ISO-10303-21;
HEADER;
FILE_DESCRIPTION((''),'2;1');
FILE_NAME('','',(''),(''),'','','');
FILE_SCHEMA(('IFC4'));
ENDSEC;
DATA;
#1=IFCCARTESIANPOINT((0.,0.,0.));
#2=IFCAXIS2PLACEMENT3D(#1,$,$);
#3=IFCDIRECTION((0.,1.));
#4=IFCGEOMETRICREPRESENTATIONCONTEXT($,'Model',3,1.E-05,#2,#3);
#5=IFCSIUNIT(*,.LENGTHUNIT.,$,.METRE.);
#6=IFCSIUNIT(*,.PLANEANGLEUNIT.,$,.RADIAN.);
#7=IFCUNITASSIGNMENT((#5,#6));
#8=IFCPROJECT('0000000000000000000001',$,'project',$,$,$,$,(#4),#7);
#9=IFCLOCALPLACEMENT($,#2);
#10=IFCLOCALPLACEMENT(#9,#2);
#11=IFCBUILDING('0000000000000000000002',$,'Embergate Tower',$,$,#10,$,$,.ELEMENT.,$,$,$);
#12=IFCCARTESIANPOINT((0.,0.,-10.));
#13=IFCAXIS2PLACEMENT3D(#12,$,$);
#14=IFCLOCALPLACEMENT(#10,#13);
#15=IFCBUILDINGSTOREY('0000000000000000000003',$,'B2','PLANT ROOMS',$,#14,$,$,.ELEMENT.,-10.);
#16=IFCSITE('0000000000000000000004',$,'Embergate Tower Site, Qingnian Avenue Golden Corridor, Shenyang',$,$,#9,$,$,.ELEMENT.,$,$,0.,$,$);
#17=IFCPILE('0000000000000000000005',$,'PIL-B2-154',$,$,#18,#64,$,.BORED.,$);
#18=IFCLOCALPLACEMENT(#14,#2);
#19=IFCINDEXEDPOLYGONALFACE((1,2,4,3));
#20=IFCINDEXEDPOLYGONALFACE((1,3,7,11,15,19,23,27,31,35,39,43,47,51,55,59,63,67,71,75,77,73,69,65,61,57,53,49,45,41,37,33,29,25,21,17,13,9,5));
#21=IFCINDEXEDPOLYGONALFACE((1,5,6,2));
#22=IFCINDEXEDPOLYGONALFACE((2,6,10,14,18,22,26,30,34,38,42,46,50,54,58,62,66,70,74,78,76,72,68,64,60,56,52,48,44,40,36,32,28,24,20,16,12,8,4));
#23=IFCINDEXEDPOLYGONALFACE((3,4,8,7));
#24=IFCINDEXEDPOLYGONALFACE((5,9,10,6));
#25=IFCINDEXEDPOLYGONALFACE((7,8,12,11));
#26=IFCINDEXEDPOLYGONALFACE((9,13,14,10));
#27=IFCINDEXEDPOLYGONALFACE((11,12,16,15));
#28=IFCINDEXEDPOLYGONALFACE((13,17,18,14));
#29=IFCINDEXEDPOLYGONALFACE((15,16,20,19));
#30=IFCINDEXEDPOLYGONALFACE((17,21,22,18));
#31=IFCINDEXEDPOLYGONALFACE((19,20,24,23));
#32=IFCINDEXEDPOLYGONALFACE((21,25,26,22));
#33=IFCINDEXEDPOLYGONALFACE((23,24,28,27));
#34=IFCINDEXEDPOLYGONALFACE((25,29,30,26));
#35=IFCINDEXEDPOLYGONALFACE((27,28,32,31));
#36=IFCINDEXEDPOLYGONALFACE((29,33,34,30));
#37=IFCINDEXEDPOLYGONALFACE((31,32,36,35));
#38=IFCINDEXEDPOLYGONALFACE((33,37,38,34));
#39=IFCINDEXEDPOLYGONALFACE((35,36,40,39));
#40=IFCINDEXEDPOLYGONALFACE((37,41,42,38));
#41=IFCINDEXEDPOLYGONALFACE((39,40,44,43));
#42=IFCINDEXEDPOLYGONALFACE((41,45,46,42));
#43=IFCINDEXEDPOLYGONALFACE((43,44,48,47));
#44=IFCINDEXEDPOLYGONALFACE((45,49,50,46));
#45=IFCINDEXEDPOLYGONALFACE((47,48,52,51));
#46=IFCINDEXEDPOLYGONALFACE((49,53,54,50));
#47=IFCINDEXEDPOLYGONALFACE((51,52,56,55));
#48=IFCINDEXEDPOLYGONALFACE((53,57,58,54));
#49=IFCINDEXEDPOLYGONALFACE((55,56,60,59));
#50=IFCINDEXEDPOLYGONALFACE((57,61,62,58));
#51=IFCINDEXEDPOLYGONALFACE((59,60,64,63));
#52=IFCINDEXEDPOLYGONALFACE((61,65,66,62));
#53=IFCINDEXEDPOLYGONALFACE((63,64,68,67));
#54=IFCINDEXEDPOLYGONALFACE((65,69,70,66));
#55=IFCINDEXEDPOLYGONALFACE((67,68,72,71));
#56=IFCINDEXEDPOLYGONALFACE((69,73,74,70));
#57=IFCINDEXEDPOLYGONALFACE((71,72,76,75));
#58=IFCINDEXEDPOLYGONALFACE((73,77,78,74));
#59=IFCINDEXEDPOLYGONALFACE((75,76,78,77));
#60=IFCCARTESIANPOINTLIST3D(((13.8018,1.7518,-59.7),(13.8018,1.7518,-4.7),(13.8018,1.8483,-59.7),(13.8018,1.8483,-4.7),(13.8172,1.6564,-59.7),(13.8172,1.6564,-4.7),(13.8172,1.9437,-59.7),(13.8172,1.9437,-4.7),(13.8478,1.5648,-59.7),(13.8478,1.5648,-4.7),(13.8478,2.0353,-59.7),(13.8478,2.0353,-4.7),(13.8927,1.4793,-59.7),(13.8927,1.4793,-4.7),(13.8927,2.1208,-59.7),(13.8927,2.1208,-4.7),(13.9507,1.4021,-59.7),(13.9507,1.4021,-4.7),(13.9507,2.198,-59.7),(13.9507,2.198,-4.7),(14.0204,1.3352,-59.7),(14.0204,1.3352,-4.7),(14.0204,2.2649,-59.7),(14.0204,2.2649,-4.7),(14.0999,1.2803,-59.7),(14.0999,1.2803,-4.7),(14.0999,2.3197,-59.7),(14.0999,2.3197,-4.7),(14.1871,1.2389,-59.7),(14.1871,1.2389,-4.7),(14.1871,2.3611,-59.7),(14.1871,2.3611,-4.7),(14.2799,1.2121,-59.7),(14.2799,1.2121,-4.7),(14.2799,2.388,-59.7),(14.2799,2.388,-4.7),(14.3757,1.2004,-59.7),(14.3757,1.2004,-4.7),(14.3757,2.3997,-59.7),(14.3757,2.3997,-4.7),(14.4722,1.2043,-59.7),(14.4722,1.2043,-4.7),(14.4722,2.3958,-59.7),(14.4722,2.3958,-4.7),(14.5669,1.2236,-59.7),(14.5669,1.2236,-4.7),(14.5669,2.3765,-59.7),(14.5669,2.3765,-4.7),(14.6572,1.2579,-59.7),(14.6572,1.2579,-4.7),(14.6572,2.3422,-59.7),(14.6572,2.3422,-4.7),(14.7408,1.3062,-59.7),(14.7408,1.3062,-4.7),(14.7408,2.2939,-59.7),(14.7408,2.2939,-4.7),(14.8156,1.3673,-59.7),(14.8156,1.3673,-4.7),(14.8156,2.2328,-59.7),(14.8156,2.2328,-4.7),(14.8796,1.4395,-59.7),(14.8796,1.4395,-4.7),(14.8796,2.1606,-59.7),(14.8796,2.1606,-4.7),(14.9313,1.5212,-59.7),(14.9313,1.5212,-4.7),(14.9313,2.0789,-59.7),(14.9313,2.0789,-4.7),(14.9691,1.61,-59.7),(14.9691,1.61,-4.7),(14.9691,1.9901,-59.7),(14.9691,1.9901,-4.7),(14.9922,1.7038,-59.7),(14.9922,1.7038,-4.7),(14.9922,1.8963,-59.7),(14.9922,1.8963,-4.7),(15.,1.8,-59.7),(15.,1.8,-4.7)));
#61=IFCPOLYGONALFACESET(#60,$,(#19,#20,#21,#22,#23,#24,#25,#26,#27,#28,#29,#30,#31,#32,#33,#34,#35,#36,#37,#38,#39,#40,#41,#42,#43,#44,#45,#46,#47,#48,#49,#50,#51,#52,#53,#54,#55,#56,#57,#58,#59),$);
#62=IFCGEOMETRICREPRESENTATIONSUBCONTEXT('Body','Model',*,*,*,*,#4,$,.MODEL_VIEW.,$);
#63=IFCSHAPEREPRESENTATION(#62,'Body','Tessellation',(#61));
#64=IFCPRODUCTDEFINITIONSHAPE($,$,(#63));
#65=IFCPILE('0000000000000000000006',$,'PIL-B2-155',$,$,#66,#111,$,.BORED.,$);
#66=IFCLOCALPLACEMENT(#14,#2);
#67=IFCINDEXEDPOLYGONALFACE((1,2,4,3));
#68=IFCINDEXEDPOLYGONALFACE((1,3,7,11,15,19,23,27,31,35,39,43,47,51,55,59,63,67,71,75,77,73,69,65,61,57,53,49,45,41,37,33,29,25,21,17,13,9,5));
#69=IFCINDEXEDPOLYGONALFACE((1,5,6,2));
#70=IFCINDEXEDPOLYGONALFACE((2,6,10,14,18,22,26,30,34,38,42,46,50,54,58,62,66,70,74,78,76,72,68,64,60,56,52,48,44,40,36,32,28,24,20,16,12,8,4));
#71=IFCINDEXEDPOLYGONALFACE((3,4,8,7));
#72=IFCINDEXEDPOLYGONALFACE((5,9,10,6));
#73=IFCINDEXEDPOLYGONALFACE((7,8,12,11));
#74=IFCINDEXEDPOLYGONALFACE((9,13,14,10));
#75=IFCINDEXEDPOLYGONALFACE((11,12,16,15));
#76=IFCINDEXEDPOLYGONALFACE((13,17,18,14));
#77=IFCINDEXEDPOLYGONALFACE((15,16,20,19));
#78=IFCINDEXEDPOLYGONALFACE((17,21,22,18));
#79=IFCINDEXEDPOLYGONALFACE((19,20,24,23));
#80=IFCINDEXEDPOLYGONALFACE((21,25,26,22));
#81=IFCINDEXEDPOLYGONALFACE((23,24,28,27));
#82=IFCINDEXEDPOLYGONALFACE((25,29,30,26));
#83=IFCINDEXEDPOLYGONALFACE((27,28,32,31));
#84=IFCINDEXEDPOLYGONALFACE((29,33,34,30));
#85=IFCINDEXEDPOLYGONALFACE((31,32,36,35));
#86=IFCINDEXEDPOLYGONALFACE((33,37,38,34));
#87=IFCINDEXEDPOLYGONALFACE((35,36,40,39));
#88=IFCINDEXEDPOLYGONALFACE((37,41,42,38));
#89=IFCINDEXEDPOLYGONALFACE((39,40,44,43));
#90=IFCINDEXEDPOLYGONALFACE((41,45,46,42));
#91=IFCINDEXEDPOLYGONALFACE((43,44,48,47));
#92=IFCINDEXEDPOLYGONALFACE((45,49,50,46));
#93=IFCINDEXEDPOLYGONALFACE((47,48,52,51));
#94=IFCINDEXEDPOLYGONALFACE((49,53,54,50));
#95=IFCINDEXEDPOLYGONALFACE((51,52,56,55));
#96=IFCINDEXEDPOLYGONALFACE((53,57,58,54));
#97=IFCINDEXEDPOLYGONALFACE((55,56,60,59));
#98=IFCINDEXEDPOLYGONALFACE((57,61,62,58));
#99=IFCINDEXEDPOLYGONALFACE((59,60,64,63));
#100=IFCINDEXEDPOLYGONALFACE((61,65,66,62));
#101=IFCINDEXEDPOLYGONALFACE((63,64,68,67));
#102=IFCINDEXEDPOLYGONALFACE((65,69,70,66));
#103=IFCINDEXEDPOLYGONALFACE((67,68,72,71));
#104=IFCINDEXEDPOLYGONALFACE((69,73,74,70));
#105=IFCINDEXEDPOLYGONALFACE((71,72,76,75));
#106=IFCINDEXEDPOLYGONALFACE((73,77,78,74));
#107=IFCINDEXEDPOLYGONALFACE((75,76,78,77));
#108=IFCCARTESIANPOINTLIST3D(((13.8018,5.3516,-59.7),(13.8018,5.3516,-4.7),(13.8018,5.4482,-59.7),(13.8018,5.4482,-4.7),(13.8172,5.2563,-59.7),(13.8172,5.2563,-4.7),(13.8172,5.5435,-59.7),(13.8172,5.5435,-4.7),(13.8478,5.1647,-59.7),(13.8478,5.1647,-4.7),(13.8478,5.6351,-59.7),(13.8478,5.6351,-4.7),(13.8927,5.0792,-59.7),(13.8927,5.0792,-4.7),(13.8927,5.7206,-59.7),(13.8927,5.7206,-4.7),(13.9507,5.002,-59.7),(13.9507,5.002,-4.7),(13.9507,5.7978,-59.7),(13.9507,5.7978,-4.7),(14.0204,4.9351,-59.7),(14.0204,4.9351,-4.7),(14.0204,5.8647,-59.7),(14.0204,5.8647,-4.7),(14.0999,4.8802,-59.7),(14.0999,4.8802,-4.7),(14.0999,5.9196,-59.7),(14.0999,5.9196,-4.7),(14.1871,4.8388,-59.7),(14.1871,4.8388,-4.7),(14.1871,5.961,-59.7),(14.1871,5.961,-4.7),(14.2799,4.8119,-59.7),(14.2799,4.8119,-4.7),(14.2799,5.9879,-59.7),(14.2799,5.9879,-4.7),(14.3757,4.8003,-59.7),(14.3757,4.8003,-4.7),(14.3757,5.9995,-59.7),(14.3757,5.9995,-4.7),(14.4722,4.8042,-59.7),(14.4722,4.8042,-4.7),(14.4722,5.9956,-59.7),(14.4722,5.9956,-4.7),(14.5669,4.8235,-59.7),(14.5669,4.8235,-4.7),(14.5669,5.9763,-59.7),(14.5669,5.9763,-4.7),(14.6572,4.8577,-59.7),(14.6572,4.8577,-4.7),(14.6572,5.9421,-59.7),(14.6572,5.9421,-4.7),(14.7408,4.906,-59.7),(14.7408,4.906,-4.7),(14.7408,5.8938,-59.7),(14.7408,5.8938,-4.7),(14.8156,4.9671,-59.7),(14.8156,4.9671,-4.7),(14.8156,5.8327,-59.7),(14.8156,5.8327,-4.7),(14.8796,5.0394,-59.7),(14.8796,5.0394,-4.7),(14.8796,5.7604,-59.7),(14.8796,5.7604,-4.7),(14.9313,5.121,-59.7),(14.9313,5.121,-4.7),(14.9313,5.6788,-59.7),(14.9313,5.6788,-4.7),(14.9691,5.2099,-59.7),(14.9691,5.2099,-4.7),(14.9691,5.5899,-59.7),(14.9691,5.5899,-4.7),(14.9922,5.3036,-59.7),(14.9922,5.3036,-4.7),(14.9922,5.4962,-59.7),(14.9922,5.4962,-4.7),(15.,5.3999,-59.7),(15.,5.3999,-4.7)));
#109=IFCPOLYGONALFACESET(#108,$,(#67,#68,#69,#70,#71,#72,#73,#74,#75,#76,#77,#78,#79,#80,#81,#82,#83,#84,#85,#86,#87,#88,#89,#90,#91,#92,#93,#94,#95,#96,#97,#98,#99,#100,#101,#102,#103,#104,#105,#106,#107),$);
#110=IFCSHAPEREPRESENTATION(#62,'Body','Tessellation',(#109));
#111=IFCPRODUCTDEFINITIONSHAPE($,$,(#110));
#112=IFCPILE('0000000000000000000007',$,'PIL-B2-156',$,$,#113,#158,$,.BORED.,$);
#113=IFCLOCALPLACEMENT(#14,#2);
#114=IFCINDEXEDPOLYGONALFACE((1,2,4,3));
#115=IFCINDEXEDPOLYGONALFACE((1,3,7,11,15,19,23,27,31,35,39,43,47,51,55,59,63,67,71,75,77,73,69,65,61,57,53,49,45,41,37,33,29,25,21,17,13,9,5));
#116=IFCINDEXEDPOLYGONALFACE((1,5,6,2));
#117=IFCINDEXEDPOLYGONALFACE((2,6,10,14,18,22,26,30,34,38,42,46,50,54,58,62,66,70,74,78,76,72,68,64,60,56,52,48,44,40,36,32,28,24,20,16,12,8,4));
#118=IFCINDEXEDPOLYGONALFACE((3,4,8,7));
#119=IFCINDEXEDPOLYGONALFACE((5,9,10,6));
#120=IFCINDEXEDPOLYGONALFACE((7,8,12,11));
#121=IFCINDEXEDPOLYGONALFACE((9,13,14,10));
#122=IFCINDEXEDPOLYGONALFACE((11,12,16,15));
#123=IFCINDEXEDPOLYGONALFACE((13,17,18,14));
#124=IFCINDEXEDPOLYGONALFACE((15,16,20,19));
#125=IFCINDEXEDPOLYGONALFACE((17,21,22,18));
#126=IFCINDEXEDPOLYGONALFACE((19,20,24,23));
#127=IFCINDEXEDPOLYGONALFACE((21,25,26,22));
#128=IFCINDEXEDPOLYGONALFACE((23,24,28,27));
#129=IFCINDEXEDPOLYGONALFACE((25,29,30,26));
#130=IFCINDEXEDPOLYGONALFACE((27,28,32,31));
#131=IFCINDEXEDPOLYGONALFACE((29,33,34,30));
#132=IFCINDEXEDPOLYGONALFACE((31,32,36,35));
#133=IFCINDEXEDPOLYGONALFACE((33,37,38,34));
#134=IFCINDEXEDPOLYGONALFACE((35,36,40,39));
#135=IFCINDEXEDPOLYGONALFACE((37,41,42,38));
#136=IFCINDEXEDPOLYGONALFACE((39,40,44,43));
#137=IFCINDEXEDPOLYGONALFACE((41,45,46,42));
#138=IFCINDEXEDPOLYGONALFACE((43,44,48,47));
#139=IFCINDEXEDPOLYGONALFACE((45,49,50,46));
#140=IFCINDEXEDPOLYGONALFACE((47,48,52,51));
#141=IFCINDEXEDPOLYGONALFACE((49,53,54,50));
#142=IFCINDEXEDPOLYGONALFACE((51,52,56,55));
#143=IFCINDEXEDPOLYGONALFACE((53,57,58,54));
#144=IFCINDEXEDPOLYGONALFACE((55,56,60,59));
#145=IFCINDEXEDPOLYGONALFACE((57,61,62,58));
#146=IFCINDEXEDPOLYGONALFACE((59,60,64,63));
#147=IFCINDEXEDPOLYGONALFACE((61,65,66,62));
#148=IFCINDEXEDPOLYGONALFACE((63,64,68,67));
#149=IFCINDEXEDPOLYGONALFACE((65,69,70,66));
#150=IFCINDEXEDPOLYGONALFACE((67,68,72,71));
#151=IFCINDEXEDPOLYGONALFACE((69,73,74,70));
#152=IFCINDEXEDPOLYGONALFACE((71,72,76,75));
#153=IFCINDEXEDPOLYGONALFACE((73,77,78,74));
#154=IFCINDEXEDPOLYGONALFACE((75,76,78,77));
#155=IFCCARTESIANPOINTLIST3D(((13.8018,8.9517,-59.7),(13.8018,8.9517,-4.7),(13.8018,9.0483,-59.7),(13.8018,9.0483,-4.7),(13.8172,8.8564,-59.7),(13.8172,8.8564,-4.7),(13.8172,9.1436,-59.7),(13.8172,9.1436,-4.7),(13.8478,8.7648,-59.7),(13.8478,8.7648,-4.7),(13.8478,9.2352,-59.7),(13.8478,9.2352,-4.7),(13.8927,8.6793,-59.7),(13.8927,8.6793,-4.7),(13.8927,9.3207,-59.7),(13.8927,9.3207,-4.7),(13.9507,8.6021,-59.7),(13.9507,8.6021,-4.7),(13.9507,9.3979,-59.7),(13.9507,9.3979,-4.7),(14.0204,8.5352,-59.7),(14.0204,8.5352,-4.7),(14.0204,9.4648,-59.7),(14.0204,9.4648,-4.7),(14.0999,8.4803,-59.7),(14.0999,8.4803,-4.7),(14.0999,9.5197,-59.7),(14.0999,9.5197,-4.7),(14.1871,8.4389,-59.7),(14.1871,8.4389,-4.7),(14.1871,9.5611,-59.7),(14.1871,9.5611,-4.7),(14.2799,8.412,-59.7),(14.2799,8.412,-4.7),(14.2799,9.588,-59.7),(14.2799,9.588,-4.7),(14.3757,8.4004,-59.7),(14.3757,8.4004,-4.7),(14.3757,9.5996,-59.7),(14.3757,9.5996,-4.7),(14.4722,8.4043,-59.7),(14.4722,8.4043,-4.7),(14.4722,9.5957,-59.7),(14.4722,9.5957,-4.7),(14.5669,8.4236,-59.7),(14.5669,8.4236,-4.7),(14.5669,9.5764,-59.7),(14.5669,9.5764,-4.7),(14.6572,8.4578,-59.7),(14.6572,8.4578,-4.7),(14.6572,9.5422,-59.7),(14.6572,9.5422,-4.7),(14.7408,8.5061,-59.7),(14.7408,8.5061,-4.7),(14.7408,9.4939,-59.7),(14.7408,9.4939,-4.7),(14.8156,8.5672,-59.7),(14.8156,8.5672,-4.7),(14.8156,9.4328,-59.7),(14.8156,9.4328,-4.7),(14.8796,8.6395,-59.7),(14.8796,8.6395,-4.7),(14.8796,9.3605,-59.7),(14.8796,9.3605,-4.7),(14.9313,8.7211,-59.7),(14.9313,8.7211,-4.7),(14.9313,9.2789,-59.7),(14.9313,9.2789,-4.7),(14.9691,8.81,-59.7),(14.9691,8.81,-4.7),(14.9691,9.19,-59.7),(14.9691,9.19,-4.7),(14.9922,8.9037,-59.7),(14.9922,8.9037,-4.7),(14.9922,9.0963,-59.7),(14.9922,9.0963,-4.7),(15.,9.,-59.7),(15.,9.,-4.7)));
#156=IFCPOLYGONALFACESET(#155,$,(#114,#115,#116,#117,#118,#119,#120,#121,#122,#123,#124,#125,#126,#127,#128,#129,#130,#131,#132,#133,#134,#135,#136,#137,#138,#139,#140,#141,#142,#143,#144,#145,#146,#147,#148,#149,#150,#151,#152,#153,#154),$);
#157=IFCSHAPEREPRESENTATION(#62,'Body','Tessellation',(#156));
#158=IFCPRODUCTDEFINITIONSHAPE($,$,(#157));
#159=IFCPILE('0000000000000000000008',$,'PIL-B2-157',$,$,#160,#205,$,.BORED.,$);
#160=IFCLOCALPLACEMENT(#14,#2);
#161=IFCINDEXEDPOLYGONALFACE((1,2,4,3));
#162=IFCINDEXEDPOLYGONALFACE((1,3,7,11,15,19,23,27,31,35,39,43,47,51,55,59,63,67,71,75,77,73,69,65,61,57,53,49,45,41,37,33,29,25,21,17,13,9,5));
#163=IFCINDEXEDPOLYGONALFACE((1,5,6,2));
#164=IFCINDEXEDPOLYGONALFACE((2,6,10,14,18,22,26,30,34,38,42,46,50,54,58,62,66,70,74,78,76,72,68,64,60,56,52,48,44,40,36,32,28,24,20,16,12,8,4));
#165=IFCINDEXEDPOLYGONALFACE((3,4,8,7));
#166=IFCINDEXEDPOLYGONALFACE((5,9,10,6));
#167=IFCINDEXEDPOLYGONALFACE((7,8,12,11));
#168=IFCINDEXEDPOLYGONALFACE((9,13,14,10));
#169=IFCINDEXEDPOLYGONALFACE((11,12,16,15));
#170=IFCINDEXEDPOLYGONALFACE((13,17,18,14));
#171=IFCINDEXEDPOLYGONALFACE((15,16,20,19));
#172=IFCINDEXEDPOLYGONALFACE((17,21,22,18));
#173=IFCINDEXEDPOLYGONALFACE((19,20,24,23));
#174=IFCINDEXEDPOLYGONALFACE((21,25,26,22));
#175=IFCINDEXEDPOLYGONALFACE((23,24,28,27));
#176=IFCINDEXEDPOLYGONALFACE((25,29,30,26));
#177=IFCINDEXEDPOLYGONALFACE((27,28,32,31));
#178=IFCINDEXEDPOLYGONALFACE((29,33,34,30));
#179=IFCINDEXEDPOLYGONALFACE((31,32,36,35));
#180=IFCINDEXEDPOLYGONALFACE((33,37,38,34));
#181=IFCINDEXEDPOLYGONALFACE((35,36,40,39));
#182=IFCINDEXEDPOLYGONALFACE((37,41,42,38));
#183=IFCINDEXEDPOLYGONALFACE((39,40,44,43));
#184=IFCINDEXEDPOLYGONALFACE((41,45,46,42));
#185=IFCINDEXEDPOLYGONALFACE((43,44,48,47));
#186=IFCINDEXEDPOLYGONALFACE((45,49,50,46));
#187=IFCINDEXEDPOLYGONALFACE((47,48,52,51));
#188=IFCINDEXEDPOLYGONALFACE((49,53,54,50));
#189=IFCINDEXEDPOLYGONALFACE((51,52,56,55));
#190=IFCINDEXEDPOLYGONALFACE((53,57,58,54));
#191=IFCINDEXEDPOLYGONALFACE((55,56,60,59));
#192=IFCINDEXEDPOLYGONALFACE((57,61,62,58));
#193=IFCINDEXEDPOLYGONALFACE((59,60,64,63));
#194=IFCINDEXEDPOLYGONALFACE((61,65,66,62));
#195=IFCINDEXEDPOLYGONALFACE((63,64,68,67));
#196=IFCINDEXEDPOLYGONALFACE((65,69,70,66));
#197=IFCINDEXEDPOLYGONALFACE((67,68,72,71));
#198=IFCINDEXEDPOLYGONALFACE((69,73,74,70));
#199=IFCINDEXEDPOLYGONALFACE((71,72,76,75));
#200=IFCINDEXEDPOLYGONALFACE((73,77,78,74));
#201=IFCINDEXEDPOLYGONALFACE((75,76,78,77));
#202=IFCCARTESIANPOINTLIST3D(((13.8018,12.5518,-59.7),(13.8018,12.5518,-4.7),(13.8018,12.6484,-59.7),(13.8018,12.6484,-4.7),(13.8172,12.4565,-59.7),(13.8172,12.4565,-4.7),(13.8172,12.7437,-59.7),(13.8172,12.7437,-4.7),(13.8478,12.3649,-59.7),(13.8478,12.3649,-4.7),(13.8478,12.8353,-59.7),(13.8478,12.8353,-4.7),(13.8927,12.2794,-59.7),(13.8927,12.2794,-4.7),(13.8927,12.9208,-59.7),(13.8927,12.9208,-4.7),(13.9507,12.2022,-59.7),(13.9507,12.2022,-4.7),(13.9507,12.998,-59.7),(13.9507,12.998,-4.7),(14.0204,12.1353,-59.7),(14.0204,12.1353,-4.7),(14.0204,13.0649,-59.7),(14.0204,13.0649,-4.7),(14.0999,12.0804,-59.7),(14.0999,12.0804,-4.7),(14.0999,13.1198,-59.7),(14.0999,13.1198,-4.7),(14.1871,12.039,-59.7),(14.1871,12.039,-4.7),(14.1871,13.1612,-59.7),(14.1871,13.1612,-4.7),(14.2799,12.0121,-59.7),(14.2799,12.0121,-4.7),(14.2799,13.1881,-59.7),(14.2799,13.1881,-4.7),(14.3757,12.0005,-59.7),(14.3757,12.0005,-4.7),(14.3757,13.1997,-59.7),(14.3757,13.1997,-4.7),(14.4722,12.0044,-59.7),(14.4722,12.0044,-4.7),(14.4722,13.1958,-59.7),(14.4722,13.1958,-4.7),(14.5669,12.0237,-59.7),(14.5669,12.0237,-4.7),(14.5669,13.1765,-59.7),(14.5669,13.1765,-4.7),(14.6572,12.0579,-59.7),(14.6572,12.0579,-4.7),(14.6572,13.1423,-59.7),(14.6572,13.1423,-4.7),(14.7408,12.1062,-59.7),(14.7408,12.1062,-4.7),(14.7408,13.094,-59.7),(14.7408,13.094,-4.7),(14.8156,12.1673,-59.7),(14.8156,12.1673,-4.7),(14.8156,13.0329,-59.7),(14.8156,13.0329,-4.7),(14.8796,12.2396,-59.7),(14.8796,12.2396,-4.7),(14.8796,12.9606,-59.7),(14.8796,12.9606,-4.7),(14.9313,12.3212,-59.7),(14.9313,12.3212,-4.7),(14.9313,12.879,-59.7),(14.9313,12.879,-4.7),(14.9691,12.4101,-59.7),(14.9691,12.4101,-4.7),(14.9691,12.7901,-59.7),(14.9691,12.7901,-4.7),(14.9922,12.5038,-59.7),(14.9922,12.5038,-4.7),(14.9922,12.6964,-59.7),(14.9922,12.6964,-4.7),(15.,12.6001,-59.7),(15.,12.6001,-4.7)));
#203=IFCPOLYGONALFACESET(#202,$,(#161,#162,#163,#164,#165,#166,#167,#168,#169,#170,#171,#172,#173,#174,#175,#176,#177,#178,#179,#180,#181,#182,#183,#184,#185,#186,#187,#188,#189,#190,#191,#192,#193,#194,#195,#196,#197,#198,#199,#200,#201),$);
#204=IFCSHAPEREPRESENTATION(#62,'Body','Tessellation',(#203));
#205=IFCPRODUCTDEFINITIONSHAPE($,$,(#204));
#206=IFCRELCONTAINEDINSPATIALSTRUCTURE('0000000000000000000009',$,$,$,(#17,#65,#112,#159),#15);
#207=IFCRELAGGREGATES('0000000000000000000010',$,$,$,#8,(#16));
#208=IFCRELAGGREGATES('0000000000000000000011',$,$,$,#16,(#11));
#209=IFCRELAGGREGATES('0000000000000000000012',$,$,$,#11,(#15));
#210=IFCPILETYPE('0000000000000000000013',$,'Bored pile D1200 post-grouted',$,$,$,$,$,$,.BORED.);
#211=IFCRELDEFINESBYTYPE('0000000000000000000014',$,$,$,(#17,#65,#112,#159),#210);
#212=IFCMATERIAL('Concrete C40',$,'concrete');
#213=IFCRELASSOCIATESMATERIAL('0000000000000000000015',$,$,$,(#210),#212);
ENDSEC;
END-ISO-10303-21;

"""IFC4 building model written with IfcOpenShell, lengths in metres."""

from ifc_helpers import new_model, si_unit, direction, frame, origin, origin_2d, place, context, subcontext, project, spatial, circle, extrude, source, transform, mapped, material, material_profile, profile_set, type_object, element, save


model = new_model("IFC4")

# Units and contexts
model_context = context("Model", 3, precision=1e-05, world=origin(), true_north=direction((0.0, 1.0)))
body_context = subcontext(model_context, "Body", "Model", "MODEL_VIEW")
ifc_project = project(units=[si_unit("LENGTHUNIT", "METRE"), si_unit("PLANEANGLEUNIT", "RADIAN")], contexts=[model_context])

# Site, building, storey
site_placement = place(None, origin())
site = spatial("IfcSite", under=ifc_project, at=site_placement, Name="Embergate Tower Site, Qingnian Avenue Golden Corridor, Shenyang", CompositionType="ELEMENT", RefElevation=0.0)
building_placement = place(site_placement, origin())
building = spatial("IfcBuilding", under=site, at=building_placement, Name="Embergate Tower", CompositionType="ELEMENT")
storey_placement = place(building_placement, frame((0.0, 0.0, -10.0)))
storey = spatial("IfcBuildingStorey", under=building, at=storey_placement, Name="B2", Description="PLANT ROOMS", CompositionType="ELEMENT", Elevation=-10.0)

# Piles
ifc_material_1 = material(Name="Concrete C40", Category="concrete")
ifc_material_profile = material_profile(ifc_material_1, circle(Radius=0.6001, at=origin_2d()), Name="D1200")
ifc_profile_set = profile_set([ifc_material_profile], Name="Concrete C40")
pile_type = type_object("IfcPileType", Name="Bored pile D1200 post-grouted", PredefinedType="BORED", material=ifc_profile_set)
shared_shape_1 = source(origin(), body_context, "Body", "SweptSolid", [
    extrude(circle(Radius=0.6001, at=origin_2d()), origin(), (0.0, 0.0, 1.0), 55.0),
])
for number, where, z_axis, x_axis, name in (
    (1, (14.3999, 1.8, -4.7), (0.0, 0.0, -1.0), (1.0, 0.0, 0.0), "PIL-B2-154"),
    (2, (14.3999, 5.3999, -4.7), (0.0, 0.0, -1.0), (1.0, 0.0, 0.0), "PIL-B2-155"),
    (3, (14.3999, 9.0, -4.7), (0.0, 0.0, -1.0), (1.0, 0.0, 0.0), "PIL-B2-156"),
    (4, (14.3999, 12.6001, -4.7), (0.0, 0.0, -1.0), (1.0, 0.0, 0.0), "PIL-B2-157"),
):
    element("IfcPile", number, at=place(storey_placement, frame(where, z_axis=z_axis, x_axis=x_axis)), inside=storey, type_object=pile_type, Name=name, PredefinedType="BORED", context=body_context, shape_type="MappedRepresentation", body=[
        mapped(shared_shape_1, transform((0.0, 0.0, 0.0))),
    ])

save(model, "model.ifc")
